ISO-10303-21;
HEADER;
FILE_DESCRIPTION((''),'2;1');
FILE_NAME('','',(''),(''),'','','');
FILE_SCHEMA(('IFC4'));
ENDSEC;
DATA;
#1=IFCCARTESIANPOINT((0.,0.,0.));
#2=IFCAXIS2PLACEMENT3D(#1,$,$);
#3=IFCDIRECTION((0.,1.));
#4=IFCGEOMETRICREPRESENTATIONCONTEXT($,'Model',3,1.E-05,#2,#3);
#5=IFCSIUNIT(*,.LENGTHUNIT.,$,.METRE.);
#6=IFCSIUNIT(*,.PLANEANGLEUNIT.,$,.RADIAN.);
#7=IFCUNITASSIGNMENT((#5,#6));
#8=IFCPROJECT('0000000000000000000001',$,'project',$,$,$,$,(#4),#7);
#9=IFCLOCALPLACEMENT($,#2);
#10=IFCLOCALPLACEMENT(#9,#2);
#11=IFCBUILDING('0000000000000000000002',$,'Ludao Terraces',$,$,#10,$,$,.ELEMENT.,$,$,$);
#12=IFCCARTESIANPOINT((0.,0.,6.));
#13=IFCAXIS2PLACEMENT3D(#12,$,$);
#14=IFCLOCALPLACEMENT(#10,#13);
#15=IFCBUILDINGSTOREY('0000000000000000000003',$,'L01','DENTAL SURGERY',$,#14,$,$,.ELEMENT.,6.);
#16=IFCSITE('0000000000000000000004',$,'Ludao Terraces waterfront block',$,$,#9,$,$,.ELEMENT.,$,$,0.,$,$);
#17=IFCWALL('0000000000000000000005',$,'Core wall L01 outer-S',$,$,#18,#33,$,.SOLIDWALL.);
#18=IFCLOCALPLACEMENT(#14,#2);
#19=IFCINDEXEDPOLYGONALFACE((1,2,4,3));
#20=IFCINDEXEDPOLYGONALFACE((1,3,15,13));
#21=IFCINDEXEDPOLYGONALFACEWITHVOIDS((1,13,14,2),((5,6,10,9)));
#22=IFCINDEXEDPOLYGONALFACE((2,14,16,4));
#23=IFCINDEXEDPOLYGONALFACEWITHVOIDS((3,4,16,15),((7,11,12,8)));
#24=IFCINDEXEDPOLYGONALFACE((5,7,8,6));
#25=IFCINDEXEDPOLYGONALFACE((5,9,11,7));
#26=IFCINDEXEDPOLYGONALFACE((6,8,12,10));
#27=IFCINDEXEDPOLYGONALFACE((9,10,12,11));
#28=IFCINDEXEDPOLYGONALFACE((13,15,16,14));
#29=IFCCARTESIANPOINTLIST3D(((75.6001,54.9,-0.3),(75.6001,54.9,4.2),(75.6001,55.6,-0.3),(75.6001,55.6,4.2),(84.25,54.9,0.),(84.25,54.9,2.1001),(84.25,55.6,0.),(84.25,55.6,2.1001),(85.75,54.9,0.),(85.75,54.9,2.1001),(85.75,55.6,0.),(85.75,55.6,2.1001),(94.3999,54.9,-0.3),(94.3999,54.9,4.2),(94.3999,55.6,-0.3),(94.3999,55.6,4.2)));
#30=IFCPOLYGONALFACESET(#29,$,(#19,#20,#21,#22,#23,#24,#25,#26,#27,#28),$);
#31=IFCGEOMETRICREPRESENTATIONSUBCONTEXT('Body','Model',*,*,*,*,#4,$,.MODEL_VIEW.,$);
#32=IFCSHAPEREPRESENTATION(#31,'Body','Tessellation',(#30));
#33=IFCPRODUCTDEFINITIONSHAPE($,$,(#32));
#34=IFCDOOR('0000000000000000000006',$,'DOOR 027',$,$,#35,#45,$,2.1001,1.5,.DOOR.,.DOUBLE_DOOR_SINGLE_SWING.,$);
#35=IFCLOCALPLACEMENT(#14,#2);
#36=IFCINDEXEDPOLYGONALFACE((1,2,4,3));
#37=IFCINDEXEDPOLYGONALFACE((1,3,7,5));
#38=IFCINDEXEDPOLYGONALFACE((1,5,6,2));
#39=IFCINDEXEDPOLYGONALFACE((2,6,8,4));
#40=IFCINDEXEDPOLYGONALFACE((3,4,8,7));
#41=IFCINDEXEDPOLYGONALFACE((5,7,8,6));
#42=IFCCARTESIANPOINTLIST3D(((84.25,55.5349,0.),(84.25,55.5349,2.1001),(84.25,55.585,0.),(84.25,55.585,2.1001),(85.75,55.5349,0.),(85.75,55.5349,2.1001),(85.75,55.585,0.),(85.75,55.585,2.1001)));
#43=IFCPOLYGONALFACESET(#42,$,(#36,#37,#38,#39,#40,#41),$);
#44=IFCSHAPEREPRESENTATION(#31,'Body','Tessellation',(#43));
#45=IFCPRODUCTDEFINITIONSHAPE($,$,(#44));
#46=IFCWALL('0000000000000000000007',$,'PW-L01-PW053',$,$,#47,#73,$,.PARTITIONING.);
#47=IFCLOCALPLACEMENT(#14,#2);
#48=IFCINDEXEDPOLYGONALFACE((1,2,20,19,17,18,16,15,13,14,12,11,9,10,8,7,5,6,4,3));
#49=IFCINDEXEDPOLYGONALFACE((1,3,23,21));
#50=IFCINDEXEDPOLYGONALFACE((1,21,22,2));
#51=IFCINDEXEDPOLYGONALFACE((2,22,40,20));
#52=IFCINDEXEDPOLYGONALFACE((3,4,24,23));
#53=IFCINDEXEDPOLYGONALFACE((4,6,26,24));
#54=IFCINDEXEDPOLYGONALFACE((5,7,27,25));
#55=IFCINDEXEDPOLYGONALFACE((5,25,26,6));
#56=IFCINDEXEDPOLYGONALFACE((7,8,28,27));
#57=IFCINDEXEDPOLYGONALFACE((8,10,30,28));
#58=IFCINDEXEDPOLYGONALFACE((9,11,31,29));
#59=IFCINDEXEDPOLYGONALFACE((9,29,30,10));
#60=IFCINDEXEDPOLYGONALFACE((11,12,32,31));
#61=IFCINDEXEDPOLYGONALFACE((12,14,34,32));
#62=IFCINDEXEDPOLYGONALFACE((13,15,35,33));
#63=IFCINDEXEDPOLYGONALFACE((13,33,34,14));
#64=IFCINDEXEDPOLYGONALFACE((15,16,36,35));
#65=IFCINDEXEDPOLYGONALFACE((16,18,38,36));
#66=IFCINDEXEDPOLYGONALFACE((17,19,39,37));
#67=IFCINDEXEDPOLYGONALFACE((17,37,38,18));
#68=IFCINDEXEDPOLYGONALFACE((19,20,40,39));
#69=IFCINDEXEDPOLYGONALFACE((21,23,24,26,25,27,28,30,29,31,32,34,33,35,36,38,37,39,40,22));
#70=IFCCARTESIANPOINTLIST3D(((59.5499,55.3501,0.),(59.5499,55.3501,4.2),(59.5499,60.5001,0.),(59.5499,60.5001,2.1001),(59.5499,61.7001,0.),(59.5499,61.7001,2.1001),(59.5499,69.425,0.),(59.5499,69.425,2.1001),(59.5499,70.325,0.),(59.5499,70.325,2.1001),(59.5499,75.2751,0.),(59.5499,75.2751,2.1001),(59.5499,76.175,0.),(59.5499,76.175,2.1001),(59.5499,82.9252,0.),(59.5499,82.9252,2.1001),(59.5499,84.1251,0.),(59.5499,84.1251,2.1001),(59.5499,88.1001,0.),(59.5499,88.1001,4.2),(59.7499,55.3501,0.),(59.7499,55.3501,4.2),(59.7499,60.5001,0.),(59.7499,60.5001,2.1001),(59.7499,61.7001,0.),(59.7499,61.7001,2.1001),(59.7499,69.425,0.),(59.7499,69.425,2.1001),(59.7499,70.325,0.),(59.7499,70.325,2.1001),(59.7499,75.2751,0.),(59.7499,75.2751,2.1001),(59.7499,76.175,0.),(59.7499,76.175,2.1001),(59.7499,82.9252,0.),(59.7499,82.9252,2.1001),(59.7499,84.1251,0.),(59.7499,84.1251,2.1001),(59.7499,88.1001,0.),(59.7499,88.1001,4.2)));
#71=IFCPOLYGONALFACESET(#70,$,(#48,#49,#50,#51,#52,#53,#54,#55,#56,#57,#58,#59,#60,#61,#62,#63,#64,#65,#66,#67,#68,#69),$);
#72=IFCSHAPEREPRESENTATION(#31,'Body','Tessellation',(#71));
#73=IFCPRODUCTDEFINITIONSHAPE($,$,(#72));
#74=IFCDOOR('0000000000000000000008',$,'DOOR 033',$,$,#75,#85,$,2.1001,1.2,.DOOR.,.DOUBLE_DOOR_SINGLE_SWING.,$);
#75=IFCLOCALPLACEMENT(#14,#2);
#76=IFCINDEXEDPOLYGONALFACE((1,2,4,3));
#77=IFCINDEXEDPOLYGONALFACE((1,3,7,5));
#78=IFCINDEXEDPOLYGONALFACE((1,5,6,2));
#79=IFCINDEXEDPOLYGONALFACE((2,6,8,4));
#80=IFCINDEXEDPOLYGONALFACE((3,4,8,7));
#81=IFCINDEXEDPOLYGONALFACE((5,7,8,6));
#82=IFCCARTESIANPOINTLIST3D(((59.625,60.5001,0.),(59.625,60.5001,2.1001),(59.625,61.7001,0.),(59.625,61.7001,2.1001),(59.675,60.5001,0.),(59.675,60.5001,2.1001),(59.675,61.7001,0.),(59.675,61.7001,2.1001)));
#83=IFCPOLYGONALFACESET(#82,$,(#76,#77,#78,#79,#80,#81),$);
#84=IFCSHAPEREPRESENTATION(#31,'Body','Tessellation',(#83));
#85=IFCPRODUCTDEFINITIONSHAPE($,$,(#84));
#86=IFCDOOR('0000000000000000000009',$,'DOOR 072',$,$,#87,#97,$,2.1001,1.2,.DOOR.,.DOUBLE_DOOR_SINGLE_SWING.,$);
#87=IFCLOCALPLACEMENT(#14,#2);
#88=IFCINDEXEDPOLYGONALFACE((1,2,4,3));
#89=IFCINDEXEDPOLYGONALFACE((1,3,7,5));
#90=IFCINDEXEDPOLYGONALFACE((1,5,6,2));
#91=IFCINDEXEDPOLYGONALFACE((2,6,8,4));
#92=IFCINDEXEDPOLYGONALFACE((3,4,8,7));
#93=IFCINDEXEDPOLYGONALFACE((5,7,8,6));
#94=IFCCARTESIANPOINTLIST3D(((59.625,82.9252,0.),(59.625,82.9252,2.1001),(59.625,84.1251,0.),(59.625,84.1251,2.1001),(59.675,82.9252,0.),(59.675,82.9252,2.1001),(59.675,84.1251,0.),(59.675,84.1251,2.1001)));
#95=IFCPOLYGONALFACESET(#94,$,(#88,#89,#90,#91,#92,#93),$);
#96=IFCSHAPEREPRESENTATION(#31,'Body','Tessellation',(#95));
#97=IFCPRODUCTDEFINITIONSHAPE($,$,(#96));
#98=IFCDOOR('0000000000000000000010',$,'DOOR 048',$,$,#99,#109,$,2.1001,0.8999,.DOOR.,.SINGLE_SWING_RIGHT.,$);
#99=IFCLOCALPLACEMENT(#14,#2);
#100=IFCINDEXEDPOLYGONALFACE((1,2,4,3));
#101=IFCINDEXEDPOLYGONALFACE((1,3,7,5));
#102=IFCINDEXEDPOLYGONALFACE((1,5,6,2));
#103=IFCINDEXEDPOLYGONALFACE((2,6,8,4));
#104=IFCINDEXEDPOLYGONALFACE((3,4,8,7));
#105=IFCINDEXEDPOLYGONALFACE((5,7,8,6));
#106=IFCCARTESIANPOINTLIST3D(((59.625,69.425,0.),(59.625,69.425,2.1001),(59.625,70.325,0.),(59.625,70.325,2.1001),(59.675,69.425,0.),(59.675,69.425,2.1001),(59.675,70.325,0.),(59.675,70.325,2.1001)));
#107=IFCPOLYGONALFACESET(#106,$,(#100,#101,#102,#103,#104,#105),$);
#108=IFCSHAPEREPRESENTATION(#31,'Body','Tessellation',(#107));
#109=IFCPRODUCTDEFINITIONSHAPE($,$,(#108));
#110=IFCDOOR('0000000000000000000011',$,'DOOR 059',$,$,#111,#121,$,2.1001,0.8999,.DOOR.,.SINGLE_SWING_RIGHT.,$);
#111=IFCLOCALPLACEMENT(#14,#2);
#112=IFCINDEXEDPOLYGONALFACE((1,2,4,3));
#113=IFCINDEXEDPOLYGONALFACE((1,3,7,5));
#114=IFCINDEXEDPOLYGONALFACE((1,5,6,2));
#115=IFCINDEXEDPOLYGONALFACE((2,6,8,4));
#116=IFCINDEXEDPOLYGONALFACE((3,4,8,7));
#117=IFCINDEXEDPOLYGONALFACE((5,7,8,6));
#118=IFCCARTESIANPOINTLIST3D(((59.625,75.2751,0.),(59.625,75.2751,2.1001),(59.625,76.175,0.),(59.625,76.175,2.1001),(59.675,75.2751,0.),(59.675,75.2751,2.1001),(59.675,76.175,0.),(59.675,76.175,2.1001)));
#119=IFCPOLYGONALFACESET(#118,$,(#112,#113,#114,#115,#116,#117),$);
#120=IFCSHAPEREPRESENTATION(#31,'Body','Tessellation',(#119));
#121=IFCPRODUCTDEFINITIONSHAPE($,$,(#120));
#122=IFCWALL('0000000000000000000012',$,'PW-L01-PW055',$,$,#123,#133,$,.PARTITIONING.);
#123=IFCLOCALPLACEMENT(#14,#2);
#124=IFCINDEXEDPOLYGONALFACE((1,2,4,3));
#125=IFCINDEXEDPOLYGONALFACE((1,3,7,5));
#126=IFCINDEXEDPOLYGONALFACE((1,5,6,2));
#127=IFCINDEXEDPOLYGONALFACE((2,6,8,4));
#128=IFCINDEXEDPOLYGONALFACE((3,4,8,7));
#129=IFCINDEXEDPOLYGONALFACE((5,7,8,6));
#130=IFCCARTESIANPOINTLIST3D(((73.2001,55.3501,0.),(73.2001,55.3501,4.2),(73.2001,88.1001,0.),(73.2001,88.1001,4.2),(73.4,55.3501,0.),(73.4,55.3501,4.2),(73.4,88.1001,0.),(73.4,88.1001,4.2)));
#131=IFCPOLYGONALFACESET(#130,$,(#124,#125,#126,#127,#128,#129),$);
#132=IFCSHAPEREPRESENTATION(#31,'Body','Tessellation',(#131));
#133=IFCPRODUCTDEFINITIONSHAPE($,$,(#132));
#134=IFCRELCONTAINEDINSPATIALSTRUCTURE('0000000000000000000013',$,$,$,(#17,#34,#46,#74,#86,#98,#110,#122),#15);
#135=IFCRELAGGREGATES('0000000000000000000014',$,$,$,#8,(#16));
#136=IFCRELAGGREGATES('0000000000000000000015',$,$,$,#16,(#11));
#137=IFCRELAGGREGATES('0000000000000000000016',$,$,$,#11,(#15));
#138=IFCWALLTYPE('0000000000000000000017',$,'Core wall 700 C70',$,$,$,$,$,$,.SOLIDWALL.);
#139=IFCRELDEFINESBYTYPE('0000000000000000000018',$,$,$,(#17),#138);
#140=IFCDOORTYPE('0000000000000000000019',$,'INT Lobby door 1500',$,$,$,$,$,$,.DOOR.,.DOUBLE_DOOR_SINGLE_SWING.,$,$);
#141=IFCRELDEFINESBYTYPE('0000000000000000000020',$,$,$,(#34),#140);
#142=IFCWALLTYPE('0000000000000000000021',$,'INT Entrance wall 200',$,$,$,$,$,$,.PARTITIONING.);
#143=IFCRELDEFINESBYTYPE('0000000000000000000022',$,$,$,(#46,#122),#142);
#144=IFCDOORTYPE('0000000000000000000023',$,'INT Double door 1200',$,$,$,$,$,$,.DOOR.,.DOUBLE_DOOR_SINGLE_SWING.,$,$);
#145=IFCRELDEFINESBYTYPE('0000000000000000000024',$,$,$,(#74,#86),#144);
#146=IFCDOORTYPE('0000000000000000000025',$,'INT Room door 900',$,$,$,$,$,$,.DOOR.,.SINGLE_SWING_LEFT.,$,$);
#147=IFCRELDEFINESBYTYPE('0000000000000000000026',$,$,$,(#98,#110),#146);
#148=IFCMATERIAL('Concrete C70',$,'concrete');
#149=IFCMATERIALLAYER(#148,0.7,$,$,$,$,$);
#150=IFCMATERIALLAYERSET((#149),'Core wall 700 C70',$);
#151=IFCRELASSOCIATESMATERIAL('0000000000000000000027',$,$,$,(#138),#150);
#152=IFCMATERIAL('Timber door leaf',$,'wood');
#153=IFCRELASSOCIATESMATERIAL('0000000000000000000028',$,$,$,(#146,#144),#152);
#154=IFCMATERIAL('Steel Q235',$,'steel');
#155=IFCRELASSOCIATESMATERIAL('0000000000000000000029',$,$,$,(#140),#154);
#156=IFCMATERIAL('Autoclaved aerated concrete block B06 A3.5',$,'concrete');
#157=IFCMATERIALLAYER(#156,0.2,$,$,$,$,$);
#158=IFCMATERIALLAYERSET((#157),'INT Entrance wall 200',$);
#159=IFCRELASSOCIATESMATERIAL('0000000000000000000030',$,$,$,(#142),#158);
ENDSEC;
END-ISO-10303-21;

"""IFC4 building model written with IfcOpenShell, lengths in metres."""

from ifc_helpers import new_model, si_unit, direction, frame, frame_2d, origin, place, context, subcontext, project, spatial, rectangle, extrude, material, layer, layer_set, type_object, element, fill, save


model = new_model("IFC4")

# Units and contexts
model_context = context("Model", 3, precision=1e-05, world=origin(), true_north=direction((0.0, 1.0)))
body_context = subcontext(model_context, "Body", "Model", "MODEL_VIEW")
ifc_project = project(units=[si_unit("LENGTHUNIT", "METRE"), si_unit("PLANEANGLEUNIT", "RADIAN")], contexts=[model_context])

# Site, building, storey
site_placement = place(None, origin())
site = spatial("IfcSite", under=ifc_project, at=site_placement, Name="Ludao Terraces waterfront block", CompositionType="ELEMENT", RefElevation=0.0)
building_placement = place(site_placement, origin())
building = spatial("IfcBuilding", under=site, at=building_placement, Name="Ludao Terraces", CompositionType="ELEMENT")
storey_placement = place(building_placement, frame((0.0, 0.0, 6.0)))
storey = spatial("IfcBuildingStorey", under=building, at=storey_placement, Name="L01", Description="DENTAL SURGERY", CompositionType="ELEMENT", Elevation=6.0)

# Shared definitions
ifc_material_1 = material(Name="Concrete C70", Category="concrete")
ifc_layer_1 = layer(ifc_material_1, 0.7)
ifc_layer_set_1 = layer_set([ifc_layer_1], Name="Core wall 700 C70")
wall_type_1 = type_object("IfcWallType", Name="Core wall 700 C70", PredefinedType="SOLIDWALL", material=ifc_layer_set_1)
ifc_material_2 = material(Name="Steel Q235", Category="steel")
ifc_material_3 = material(Name="Timber door leaf", Category="wood")
door_type_1 = type_object("IfcDoorType", Name="INT Room door 900", OperationType="SINGLE_SWING_LEFT", PredefinedType="DOOR", material=ifc_material_3)

# Wall, opening, door
wall_1_placement = place(storey_placement, frame((75.6001, 55.25, -0.3), z_axis=(0.0, 0.0, 1.0), x_axis=(1.0, 0.0, 0.0)))
wall_1 = element("IfcWall", 1, at=wall_1_placement, inside=storey, type_object=wall_type_1, Name="Core wall L01 outer-S", PredefinedType="SOLIDWALL", context=body_context, shape_type="SweptSolid", body=[
    extrude(rectangle(XDim=18.7998, YDim=0.7, at=frame_2d((9.3999, 0.0))), origin(), (0.0, 0.0, 1.0), 4.5),
])
opening_1_placement = place(wall_1_placement, frame((8.6499, 0.0, 0.3)))
opening_1 = element("IfcOpeningElement", 2, at=opening_1_placement, cuts=wall_1, PredefinedType="OPENING", context=body_context, shape_type="SweptSolid", body=[
    extrude(rectangle(XDim=1.5, YDim=2.1001, at=frame_2d((0.75, 1.05))), frame((0.0, 0.3599, 0.0), z_axis=(0.0, -1.0, 0.0), x_axis=(1.0, 0.0, 0.0)), (0.0, 0.0, 1.0), 0.72),
])
door_type_2 = type_object("IfcDoorType", Name="INT Lobby door 1500", OperationType="DOUBLE_DOOR_SINGLE_SWING", PredefinedType="DOOR", material=ifc_material_2)
door_1_placement = place(opening_1_placement, origin())
door_1 = element("IfcDoor", 3, at=door_1_placement, inside=storey, type_object=door_type_2, Name="DOOR 027", OperationType="DOUBLE_DOOR_SINGLE_SWING", OverallHeight=2.1001, OverallWidth=1.5, PredefinedType="DOOR", context=body_context, shape_type="SweptSolid", body=[
    extrude(rectangle(XDim=1.5, YDim=2.1001, at=frame_2d((0.75, 1.05))), frame((0.0, 0.335, 0.0), z_axis=(0.0, -1.0, 0.0), x_axis=(1.0, 0.0, 0.0)), (0.0, 0.0, 1.0), 0.05),
])
fill(opening_1, door_1)

# Wall, openings, doors
ifc_material_4 = material(Name="Autoclaved aerated concrete block B06 A3.5", Category="concrete")
ifc_layer_2 = layer(ifc_material_4, 0.2)
ifc_layer_set_2 = layer_set([ifc_layer_2], Name="INT Entrance wall 200")
wall_type_2 = type_object("IfcWallType", Name="INT Entrance wall 200", PredefinedType="PARTITIONING", material=ifc_layer_set_2)
wall_2_placement = place(storey_placement, frame((59.6499, 55.3501, 0.0), z_axis=(0.0, 0.0, 1.0), x_axis=(0.0, 1.0, 0.0)))
wall_2 = element("IfcWall", 4, at=wall_2_placement, inside=storey, type_object=wall_type_2, Name="PW-L01-PW053", PredefinedType="PARTITIONING", context=body_context, shape_type="SweptSolid", body=[
    extrude(rectangle(XDim=32.75, YDim=0.2, at=frame_2d((16.375, 0.0))), origin(), (0.0, 0.0, 1.0), 4.2),
])
opening_2_placement = place(wall_2_placement, frame((5.1499, 0.0, 0.0)))
opening_2 = element("IfcOpeningElement", 5, at=opening_2_placement, cuts=wall_2, PredefinedType="OPENING", context=body_context, shape_type="SweptSolid", body=[
    extrude(rectangle(XDim=1.2, YDim=2.1001, at=frame_2d((0.6001, 1.05))), frame((0.0, 0.1099, 0.0), z_axis=(0.0, -1.0, 0.0), x_axis=(1.0, 0.0, 0.0)), (0.0, 0.0, 1.0), 0.22),
])
opening_3_placement = place(wall_2_placement, frame((14.075, 0.0, 0.0)))
opening_3 = element("IfcOpeningElement", 6, at=opening_3_placement, cuts=wall_2, PredefinedType="OPENING", context=body_context, shape_type="SweptSolid", body=[
    extrude(rectangle(XDim=0.8999, YDim=2.1001, at=frame_2d((0.45, 1.05))), frame((0.0, 0.1099, 0.0), z_axis=(0.0, -1.0, 0.0), x_axis=(1.0, 0.0, 0.0)), (0.0, 0.0, 1.0), 0.22),
])
opening_4_placement = place(wall_2_placement, frame((19.925, 0.0, 0.0)))
opening_4 = element("IfcOpeningElement", 7, at=opening_4_placement, cuts=wall_2, PredefinedType="OPENING", context=body_context, shape_type="SweptSolid", body=[
    extrude(rectangle(XDim=0.8999, YDim=2.1001, at=frame_2d((0.45, 1.05))), frame((0.0, 0.1099, 0.0), z_axis=(0.0, -1.0, 0.0), x_axis=(1.0, 0.0, 0.0)), (0.0, 0.0, 1.0), 0.22),
])
opening_5_placement = place(wall_2_placement, frame((27.575, 0.0, 0.0)))
opening_5 = element("IfcOpeningElement", 8, at=opening_5_placement, cuts=wall_2, PredefinedType="OPENING", context=body_context, shape_type="SweptSolid", body=[
    extrude(rectangle(XDim=1.2, YDim=2.1001, at=frame_2d((0.6001, 1.05))), frame((0.0, 0.1099, 0.0), z_axis=(0.0, -1.0, 0.0), x_axis=(1.0, 0.0, 0.0)), (0.0, 0.0, 1.0), 0.22),
])
door_type_3 = type_object("IfcDoorType", Name="INT Double door 1200", OperationType="DOUBLE_DOOR_SINGLE_SWING", PredefinedType="DOOR", material=ifc_material_3)
door_2_placement = place(opening_2_placement, origin())
door_2 = element("IfcDoor", 9, at=door_2_placement, inside=storey, type_object=door_type_3, Name="DOOR 033", OperationType="DOUBLE_DOOR_SINGLE_SWING", OverallHeight=2.1001, OverallWidth=1.2, PredefinedType="DOOR", context=body_context, shape_type="SweptSolid", body=[
    extrude(rectangle(XDim=1.2, YDim=2.1001, at=frame_2d((0.6001, 1.05))), frame((0.0, 0.0249, 0.0), z_axis=(0.0, -1.0, 0.0), x_axis=(1.0, 0.0, 0.0)), (0.0, 0.0, 1.0), 0.05),
])
fill(opening_2, door_2)
door_3_placement = place(opening_5_placement, origin())
door_3 = element("IfcDoor", 10, at=door_3_placement, inside=storey, type_object=door_type_3, Name="DOOR 072", OperationType="DOUBLE_DOOR_SINGLE_SWING", OverallHeight=2.1001, OverallWidth=1.2, PredefinedType="DOOR", context=body_context, shape_type="SweptSolid", body=[
    extrude(rectangle(XDim=1.2, YDim=2.1001, at=frame_2d((0.6001, 1.05))), frame((0.0, 0.0249, 0.0), z_axis=(0.0, -1.0, 0.0), x_axis=(1.0, 0.0, 0.0)), (0.0, 0.0, 1.0), 0.05),
])
fill(opening_5, door_3)
door_4_placement = place(opening_3_placement, origin())
door_4 = element("IfcDoor", 11, at=door_4_placement, inside=storey, type_object=door_type_1, Name="DOOR 048", OperationType="SINGLE_SWING_RIGHT", OverallHeight=2.1001, OverallWidth=0.8999, PredefinedType="DOOR", context=body_context, shape_type="SweptSolid", body=[
    extrude(rectangle(XDim=0.8999, YDim=2.1001, at=frame_2d((0.45, 1.05))), frame((0.0, 0.0249, 0.0), z_axis=(0.0, -1.0, 0.0), x_axis=(1.0, 0.0, 0.0)), (0.0, 0.0, 1.0), 0.05),
])
fill(opening_3, door_4)
door_5_placement = place(opening_4_placement, origin())
door_5 = element("IfcDoor", 12, at=door_5_placement, inside=storey, type_object=door_type_1, Name="DOOR 059", OperationType="SINGLE_SWING_RIGHT", OverallHeight=2.1001, OverallWidth=0.8999, PredefinedType="DOOR", context=body_context, shape_type="SweptSolid", body=[
    extrude(rectangle(XDim=0.8999, YDim=2.1001, at=frame_2d((0.45, 1.05))), frame((0.0, 0.0249, 0.0), z_axis=(0.0, -1.0, 0.0), x_axis=(1.0, 0.0, 0.0)), (0.0, 0.0, 1.0), 0.05),
])
fill(opening_4, door_5)

# Wall
wall_3_placement = place(storey_placement, frame((73.3, 55.3501, 0.0), z_axis=(0.0, 0.0, 1.0), x_axis=(0.0, 1.0, 0.0)))
element("IfcWall", 13, at=wall_3_placement, inside=storey, type_object=wall_type_2, Name="PW-L01-PW055", PredefinedType="PARTITIONING", context=body_context, shape_type="SweptSolid", body=[
    extrude(rectangle(XDim=32.75, YDim=0.2, at=frame_2d((16.375, 0.0))), origin(), (0.0, 0.0, 1.0), 4.2),
])

save(model, "model.ifc")
